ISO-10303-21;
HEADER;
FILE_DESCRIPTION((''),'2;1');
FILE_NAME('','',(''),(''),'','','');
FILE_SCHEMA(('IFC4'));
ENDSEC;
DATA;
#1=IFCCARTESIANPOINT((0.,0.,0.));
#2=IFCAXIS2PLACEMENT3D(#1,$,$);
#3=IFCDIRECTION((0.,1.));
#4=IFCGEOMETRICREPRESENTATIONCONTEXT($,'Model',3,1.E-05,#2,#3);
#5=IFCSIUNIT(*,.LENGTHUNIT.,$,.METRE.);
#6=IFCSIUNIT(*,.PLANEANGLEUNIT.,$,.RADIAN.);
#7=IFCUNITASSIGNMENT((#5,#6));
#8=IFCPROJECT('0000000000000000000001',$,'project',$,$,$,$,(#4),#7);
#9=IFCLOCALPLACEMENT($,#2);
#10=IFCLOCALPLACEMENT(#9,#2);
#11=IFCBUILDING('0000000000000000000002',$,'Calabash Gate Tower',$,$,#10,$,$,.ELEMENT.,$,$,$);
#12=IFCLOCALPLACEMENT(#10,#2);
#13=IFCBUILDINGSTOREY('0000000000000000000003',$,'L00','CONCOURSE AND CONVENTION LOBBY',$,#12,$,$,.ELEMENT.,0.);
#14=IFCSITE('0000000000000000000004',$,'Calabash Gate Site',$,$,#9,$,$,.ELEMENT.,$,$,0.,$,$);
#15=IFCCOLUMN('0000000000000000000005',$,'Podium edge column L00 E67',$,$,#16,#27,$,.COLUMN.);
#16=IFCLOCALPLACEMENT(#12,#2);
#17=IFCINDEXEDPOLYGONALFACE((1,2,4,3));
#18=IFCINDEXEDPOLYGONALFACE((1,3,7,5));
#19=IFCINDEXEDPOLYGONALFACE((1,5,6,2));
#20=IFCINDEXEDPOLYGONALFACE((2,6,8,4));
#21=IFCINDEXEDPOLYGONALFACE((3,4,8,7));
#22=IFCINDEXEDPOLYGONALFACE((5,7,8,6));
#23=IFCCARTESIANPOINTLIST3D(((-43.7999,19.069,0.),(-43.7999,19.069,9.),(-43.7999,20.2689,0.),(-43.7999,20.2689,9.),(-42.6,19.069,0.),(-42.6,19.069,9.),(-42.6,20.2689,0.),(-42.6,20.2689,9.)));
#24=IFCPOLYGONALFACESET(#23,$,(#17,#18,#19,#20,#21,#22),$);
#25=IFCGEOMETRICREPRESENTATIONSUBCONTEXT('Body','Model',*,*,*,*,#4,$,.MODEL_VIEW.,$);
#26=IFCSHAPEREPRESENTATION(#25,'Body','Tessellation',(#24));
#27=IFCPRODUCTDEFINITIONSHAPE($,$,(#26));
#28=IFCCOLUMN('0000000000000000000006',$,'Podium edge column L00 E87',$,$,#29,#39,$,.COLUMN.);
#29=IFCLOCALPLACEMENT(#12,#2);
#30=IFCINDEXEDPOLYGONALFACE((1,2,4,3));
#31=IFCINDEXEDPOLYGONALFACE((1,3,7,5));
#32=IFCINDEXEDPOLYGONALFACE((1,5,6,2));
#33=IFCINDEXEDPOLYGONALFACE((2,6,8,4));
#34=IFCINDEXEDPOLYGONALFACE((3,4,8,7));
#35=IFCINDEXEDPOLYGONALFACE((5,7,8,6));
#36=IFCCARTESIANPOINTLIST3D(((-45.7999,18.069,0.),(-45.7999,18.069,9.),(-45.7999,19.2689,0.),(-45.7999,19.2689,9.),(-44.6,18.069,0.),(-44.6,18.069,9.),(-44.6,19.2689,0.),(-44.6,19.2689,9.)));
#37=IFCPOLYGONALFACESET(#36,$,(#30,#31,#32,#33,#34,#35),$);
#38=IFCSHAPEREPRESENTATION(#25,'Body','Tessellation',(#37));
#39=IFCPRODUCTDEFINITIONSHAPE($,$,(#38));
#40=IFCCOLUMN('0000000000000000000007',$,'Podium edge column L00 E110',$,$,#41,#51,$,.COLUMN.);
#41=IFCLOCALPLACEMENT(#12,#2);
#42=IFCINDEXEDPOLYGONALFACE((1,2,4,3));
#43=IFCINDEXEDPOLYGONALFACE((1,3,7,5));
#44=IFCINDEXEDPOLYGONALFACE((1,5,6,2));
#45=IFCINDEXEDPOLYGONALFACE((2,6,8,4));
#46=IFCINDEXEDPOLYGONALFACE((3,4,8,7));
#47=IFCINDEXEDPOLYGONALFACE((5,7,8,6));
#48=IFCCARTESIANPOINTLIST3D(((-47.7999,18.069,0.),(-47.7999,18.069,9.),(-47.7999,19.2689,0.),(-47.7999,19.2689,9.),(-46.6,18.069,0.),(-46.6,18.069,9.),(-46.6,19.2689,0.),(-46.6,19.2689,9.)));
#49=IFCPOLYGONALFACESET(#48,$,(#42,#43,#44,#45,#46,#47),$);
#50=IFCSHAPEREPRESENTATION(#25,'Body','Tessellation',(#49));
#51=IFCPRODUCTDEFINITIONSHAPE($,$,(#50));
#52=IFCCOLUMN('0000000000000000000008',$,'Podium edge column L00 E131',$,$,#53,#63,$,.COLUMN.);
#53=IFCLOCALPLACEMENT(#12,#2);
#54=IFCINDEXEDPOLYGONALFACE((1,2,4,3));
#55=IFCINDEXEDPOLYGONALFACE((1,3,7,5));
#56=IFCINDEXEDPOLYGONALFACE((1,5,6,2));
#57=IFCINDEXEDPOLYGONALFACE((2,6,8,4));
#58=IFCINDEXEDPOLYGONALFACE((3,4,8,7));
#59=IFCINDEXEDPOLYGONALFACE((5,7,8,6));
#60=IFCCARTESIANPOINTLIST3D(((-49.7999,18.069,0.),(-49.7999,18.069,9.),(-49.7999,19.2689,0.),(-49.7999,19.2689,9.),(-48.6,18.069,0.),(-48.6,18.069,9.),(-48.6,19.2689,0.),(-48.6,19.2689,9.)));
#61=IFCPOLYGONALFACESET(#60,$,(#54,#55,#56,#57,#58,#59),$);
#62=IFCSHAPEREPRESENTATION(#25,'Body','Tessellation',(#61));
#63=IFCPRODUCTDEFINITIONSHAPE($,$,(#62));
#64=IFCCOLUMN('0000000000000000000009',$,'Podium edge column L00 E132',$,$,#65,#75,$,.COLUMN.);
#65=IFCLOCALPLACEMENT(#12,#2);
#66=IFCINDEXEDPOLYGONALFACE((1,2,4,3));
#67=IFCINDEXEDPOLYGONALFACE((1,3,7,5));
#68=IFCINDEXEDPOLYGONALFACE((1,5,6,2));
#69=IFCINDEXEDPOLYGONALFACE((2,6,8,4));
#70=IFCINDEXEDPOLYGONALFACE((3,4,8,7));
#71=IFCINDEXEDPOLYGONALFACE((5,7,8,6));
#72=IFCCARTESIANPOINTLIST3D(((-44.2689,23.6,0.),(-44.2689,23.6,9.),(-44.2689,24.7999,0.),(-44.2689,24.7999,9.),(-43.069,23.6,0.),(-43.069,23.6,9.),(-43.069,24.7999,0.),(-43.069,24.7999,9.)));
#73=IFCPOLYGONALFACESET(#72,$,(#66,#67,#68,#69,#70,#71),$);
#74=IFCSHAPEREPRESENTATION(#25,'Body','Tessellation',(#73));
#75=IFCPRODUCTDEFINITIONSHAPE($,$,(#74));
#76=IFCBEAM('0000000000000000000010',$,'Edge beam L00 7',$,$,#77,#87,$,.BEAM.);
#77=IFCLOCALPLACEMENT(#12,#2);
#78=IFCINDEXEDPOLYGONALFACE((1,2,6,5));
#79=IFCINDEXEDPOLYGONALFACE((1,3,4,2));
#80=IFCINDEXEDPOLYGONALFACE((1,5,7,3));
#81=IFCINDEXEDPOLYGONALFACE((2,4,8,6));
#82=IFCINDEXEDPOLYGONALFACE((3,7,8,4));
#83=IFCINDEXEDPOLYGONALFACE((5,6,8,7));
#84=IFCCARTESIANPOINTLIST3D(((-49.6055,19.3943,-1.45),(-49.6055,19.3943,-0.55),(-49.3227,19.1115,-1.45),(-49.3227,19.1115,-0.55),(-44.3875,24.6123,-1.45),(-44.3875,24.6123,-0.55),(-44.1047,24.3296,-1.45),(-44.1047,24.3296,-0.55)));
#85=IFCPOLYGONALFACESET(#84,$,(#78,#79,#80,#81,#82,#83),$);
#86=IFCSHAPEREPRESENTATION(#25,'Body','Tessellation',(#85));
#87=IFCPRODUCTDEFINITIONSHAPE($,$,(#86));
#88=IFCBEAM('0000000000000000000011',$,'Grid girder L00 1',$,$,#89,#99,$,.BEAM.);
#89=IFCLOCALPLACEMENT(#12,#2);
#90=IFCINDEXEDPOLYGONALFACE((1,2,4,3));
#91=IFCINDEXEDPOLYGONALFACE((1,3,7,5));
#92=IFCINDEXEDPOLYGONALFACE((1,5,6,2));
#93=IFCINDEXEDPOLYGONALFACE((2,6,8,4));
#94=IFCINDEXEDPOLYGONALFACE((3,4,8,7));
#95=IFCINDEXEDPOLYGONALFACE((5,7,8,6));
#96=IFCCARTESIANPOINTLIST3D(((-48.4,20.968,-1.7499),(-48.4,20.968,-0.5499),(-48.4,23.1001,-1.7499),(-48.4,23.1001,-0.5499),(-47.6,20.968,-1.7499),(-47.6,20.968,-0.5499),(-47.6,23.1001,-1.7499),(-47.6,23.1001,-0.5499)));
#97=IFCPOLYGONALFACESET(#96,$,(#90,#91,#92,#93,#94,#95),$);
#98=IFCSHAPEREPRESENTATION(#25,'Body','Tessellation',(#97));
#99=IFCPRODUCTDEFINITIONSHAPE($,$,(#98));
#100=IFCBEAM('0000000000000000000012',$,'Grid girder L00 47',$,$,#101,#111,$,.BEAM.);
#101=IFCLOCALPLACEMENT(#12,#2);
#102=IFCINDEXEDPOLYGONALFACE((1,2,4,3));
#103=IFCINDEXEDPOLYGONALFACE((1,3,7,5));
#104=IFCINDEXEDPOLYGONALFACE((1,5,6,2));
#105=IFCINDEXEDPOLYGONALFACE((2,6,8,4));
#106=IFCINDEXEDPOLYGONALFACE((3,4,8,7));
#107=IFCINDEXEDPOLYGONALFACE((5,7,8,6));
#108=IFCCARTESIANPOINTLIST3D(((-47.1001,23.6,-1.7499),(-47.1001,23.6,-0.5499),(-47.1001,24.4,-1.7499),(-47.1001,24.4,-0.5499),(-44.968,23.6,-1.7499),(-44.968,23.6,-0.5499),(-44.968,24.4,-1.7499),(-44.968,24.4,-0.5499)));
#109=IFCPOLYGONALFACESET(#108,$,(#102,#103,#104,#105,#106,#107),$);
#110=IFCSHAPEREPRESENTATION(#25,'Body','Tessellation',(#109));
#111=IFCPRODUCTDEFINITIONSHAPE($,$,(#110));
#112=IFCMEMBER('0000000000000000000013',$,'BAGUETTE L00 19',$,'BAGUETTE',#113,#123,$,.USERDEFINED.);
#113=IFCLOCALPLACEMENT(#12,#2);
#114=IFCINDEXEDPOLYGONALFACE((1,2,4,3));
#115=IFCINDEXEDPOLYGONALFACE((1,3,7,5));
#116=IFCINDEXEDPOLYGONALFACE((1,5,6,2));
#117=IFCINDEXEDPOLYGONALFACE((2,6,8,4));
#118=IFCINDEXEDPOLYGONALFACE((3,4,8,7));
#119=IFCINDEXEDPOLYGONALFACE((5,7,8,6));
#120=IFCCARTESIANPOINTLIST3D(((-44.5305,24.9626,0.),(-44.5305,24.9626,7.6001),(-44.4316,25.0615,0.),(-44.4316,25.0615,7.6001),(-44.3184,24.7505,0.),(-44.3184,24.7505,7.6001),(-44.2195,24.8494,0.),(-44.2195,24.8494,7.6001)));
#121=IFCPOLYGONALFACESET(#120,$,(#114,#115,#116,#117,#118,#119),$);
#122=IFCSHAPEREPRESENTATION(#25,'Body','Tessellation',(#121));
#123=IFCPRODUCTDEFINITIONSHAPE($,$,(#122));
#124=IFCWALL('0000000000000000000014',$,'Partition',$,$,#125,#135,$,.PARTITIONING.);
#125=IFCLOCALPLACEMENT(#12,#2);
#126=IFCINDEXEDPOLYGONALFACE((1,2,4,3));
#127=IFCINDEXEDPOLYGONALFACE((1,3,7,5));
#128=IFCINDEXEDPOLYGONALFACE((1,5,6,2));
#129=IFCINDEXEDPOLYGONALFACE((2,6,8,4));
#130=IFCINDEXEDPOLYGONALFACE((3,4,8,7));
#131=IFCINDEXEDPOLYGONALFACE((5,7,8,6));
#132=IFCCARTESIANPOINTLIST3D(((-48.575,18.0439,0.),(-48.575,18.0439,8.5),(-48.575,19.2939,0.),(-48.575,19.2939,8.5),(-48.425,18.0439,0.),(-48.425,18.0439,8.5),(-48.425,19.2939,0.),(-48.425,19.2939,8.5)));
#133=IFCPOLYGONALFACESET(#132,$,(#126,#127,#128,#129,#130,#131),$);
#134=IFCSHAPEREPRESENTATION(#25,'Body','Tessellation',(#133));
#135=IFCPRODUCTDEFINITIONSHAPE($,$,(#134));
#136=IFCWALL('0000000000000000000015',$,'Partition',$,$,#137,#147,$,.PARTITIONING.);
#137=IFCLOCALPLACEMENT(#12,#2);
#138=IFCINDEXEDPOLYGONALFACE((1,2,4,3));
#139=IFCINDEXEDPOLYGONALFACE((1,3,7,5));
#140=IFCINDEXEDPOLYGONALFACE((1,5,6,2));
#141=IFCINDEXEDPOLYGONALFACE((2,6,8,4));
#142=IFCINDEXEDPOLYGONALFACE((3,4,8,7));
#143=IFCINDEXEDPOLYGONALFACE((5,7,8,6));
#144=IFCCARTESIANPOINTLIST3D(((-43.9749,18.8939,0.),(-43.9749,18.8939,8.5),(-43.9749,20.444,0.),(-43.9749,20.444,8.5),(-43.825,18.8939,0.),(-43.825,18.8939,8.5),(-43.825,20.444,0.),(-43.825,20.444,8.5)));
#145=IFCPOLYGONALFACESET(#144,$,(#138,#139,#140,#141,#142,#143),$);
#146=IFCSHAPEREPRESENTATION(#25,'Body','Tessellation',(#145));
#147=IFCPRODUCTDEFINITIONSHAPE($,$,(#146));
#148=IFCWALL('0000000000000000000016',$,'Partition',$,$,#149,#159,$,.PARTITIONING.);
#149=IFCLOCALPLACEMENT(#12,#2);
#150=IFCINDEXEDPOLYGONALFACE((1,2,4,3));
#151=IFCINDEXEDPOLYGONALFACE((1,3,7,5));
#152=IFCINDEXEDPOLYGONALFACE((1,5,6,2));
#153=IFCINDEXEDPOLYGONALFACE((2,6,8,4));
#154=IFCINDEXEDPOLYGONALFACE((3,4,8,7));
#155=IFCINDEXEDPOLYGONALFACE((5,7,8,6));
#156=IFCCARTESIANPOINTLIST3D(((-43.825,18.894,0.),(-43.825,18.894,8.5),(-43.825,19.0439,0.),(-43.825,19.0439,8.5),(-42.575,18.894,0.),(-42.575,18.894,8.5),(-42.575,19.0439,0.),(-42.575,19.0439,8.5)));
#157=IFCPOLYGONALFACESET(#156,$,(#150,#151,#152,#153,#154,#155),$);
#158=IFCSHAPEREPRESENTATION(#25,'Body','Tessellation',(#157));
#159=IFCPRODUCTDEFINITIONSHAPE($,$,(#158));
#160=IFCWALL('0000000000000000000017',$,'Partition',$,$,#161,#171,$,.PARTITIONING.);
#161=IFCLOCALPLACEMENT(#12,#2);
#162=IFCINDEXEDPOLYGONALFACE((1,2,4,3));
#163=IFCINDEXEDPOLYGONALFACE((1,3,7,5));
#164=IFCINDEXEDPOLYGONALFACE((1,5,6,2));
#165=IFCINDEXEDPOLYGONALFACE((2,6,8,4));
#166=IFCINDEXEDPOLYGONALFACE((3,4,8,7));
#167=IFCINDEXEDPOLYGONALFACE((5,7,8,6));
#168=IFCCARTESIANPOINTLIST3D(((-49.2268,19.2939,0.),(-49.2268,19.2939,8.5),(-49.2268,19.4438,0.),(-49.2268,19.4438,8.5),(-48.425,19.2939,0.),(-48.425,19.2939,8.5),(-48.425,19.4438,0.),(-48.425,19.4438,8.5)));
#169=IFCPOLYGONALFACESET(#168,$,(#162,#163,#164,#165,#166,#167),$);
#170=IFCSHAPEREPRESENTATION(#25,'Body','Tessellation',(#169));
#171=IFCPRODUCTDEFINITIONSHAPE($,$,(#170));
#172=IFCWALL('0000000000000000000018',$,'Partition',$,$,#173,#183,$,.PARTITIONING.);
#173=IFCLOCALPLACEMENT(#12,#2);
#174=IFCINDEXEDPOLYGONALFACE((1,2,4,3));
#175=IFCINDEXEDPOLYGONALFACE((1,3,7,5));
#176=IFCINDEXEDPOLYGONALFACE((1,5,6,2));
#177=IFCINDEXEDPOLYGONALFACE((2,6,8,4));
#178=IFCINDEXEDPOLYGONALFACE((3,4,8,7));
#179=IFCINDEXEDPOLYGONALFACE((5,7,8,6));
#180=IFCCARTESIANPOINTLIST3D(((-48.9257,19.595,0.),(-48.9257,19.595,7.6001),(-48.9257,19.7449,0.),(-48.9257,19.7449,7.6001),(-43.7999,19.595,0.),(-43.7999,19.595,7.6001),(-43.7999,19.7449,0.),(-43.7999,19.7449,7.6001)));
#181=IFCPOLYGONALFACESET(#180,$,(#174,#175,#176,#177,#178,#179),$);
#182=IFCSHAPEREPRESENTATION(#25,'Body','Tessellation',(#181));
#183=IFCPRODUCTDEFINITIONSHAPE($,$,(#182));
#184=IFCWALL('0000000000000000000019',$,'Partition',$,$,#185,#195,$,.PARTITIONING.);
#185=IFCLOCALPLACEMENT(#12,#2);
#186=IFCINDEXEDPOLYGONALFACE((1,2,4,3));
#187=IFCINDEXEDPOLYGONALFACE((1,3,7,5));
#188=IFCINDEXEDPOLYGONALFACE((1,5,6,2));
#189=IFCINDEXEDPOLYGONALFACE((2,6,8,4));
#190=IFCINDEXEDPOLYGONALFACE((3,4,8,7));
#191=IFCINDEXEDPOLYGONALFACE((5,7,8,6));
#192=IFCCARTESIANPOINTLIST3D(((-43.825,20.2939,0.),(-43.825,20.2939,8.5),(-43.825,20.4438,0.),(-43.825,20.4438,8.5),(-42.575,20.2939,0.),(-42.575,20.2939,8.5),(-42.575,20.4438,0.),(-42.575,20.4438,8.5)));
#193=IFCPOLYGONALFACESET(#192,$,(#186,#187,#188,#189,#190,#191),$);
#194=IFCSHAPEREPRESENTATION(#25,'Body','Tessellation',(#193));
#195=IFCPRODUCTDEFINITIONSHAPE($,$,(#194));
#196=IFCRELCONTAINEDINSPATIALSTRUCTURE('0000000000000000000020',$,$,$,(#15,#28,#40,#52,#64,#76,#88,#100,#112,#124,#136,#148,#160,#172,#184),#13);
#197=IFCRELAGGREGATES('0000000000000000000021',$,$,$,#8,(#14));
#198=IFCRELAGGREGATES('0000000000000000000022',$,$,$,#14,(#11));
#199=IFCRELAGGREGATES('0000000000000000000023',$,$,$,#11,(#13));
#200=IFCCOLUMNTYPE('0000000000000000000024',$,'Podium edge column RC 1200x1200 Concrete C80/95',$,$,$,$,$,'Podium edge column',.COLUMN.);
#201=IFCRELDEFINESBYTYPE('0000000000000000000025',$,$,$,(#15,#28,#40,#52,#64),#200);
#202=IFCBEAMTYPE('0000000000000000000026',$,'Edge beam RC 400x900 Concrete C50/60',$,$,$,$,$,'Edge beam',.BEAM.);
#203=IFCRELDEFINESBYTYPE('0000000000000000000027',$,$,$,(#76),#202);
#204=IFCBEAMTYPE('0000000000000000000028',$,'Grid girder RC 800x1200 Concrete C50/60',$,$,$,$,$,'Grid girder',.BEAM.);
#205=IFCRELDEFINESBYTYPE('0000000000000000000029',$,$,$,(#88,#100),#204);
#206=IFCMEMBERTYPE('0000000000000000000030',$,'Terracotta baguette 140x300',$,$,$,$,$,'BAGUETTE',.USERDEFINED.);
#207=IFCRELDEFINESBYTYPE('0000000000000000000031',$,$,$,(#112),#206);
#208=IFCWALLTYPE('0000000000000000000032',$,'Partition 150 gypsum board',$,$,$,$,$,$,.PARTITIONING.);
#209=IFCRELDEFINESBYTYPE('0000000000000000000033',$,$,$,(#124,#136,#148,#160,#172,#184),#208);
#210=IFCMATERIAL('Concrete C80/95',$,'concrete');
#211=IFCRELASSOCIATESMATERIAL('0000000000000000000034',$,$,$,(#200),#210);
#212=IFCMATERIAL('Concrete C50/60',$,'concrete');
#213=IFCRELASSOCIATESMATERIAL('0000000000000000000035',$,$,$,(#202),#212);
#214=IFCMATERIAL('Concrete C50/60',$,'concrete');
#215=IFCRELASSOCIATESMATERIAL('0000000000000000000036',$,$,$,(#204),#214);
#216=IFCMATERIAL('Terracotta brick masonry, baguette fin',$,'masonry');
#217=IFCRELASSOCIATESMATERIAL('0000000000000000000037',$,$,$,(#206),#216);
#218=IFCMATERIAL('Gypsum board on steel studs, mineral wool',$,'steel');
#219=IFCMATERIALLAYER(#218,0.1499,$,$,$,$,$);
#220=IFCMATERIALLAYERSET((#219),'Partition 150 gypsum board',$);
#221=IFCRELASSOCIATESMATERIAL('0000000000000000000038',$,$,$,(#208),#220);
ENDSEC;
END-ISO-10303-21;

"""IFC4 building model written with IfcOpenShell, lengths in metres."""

from ifc_helpers import new_model, si_unit, direction, frame, frame_2d, origin, origin_2d, place, context, subcontext, project, spatial, rectangle, extrude, material, layer, layer_set, material_profile, profile_set, type_object, element, save


model = new_model("IFC4")

# Units and contexts
model_context = context("Model", 3, precision=1e-05, world=origin(), true_north=direction((0.0, 1.0)))
body_context = subcontext(model_context, "Body", "Model", "MODEL_VIEW")
ifc_project = project(units=[si_unit("LENGTHUNIT", "METRE"), si_unit("PLANEANGLEUNIT", "RADIAN")], contexts=[model_context])

# Site, building, storey
site_placement = place(None, origin())
site = spatial("IfcSite", under=ifc_project, at=site_placement, Name="Calabash Gate Site", CompositionType="ELEMENT", RefElevation=0.0)
building_placement = place(site_placement, origin())
building = spatial("IfcBuilding", under=site, at=building_placement, Name="Calabash Gate Tower", CompositionType="ELEMENT")
storey_placement = place(building_placement, origin())
storey = spatial("IfcBuildingStorey", under=building, at=storey_placement, Name="L00", Description="CONCOURSE AND CONVENTION LOBBY", CompositionType="ELEMENT", Elevation=0.0)

# Columns
ifc_material_1 = material(Name="Concrete C80/95", Category="concrete")
ifc_material_profile_1 = material_profile(ifc_material_1, rectangle(XDim=1.2, YDim=1.2, at=origin_2d()))
ifc_profile_set_1 = profile_set([ifc_material_profile_1], Name="Concrete C80/95")
column_type = type_object("IfcColumnType", Name="Podium edge column RC 1200x1200 Concrete C80/95", ElementType="Podium edge column", PredefinedType="COLUMN", material=ifc_profile_set_1)
for number, where, z_axis, x_axis, name in (
    (1, (-43.2, 19.6689, 0.0), (0.0, 0.0, 1.0), (1.0, 0.0, 0.0), "Podium edge column L00 E67"),
    (2, (-45.2, 18.6689, 0.0), (0.0, 0.0, 1.0), (1.0, 0.0, 0.0), "Podium edge column L00 E87"),
    (3, (-47.2, 18.6689, 0.0), (0.0, 0.0, 1.0), (1.0, 0.0, 0.0), "Podium edge column L00 E110"),
    (4, (-49.2, 18.6689, 0.0), (0.0, 0.0, 1.0), (1.0, 0.0, 0.0), "Podium edge column L00 E131"),
    (5, (-43.6689, 24.2, 0.0), (0.0, 0.0, 1.0), (1.0, 0.0, 0.0), "Podium edge column L00 E132"),
):
    element("IfcColumn", number, at=place(storey_placement, frame(where, z_axis=z_axis, x_axis=x_axis)), inside=storey, type_object=column_type, Name=name, PredefinedType="COLUMN", context=body_context, shape_type="SweptSolid", body=[
        extrude(rectangle(XDim=1.2, YDim=1.2, at=origin_2d()), origin(), (0.0, 0.0, 1.0), 9.0),
    ])

# Beams
ifc_material_2 = material(Name="Concrete C50/60", Category="concrete")
ifc_material_profile_2 = material_profile(ifc_material_2, rectangle(XDim=0.3999, YDim=0.8999, at=origin_2d()))
ifc_profile_set_2 = profile_set([ifc_material_profile_2], Name="Concrete C50/60")
beam_type_1 = type_object("IfcBeamType", Name="Edge beam RC 400x900 Concrete C50/60", ElementType="Edge beam", PredefinedType="BEAM", material=ifc_profile_set_2)
beam_placement = place(storey_placement, frame((-49.4641, 19.2529, -1.0), z_axis=(0.707107, 0.707107, 0.0), x_axis=(-0.707107, 0.707107, 0.0)))
element("IfcBeam", 6, at=beam_placement, inside=storey, type_object=beam_type_1, Name="Edge beam L00 7", PredefinedType="BEAM", context=body_context, shape_type="SweptSolid", body=[
    extrude(rectangle(XDim=0.3999, YDim=0.8999, at=origin_2d()), origin(), (0.0, 0.0, 1.0), 7.3794),
])
ifc_material_3 = material(Name="Concrete C50/60", Category="concrete")
ifc_material_profile_3 = material_profile(ifc_material_3, rectangle(XDim=0.8, YDim=1.2, at=origin_2d()))
ifc_profile_set_3 = profile_set([ifc_material_profile_3], Name="Concrete C50/60")
beam_type_2 = type_object("IfcBeamType", Name="Grid girder RC 800x1200 Concrete C50/60", ElementType="Grid girder", PredefinedType="BEAM", material=ifc_profile_set_3)
for number, where, z_axis, x_axis, name in (
    (7, (-48.0, 20.968, -1.1499), (0.0, 1.0, 0.0), (-1.0, 0.0, 0.0), "Grid girder L00 1"),
    (8, (-47.1001, 24.0, -1.1499), (1.0, 0.0, 0.0), (0.0, 1.0, 0.0), "Grid girder L00 47"),
):
    element("IfcBeam", number, at=place(storey_placement, frame(where, z_axis=z_axis, x_axis=x_axis)), inside=storey, type_object=beam_type_2, Name=name, PredefinedType="BEAM", context=body_context, shape_type="SweptSolid", body=[
        extrude(rectangle(XDim=0.8, YDim=1.2, at=origin_2d()), origin(), (0.0, 0.0, 1.0), 2.1321),
    ])

# Member
ifc_material_4 = material(Name="Terracotta brick masonry, baguette fin", Category="masonry")
ifc_material_profile_4 = material_profile(ifc_material_4, rectangle(XDim=0.1399, YDim=0.3, at=origin_2d()))
ifc_profile_set_4 = profile_set([ifc_material_profile_4], Name="Terracotta brick masonry, baguette fin")
member_type = type_object("IfcMemberType", Name="Terracotta baguette 140x300", ElementType="BAGUETTE", PredefinedType="USERDEFINED", material=ifc_profile_set_4)
member_placement = place(storey_placement, frame((-44.375, 24.906, 0.0), z_axis=(0.0, 0.0, 1.0), x_axis=(-0.707107, -0.707107, 0.0)))
element("IfcMember", 9, at=member_placement, inside=storey, type_object=member_type, Name="BAGUETTE L00 19", ObjectType="BAGUETTE", PredefinedType="USERDEFINED", context=body_context, shape_type="SweptSolid", body=[
    extrude(rectangle(XDim=0.1399, YDim=0.3, at=origin_2d()), origin(), (0.0, 0.0, 1.0), 7.6001),
])

# Walls
ifc_material_5 = material(Name="Gypsum board on steel studs, mineral wool", Category="steel")
ifc_layer_1 = layer(ifc_material_5, 0.1499)
ifc_layer_set_1 = layer_set([ifc_layer_1], Name="Partition 150 gypsum board")
wall_type_1 = type_object("IfcWallType", Name="Partition 150 gypsum board", PredefinedType="PARTITIONING", material=ifc_layer_set_1)
wall_1_placement = place(storey_placement, frame((-48.5, 18.0439, 0.0), z_axis=(0.0, 0.0, 1.0), x_axis=(0.0, 1.0, 0.0)))
element("IfcWall", 10, at=wall_1_placement, inside=storey, type_object=wall_type_1, Name="Partition", PredefinedType="PARTITIONING", context=body_context, shape_type="SweptSolid", body=[
    extrude(rectangle(XDim=1.25, YDim=0.1499, at=frame_2d((0.625, 0.0))), origin(), (0.0, 0.0, 1.0), 8.5),
])
wall_2_placement = place(storey_placement, frame((-43.8999, 18.894, 0.0), z_axis=(0.0, 0.0, 1.0), x_axis=(0.0, 1.0, 0.0)))
element("IfcWall", 11, at=wall_2_placement, inside=storey, type_object=wall_type_1, Name="Partition", PredefinedType="PARTITIONING", context=body_context, shape_type="SweptSolid", body=[
    extrude(rectangle(XDim=1.55, YDim=0.1499, at=frame_2d((0.7749, 0.0))), origin(), (0.0, 0.0, 1.0), 8.5),
])
wall_3_placement = place(storey_placement, frame((-43.825, 18.969, 0.0), z_axis=(0.0, 0.0, 1.0), x_axis=(1.0, 0.0, 0.0)))
element("IfcWall", 12, at=wall_3_placement, inside=storey, type_object=wall_type_1, Name="Partition", PredefinedType="PARTITIONING", context=body_context, shape_type="SweptSolid", body=[
    extrude(rectangle(XDim=1.25, YDim=0.1499, at=frame_2d((0.625, 0.0))), origin(), (0.0, 0.0, 1.0), 8.5),
])
wall_4_placement = place(storey_placement, frame((-49.2268, 19.3689, 0.0), z_axis=(0.0, 0.0, 1.0), x_axis=(1.0, 0.0, 0.0)))
element("IfcWall", 13, at=wall_4_placement, inside=storey, type_object=wall_type_1, Name="Partition", PredefinedType="PARTITIONING", context=body_context, shape_type="SweptSolid", body=[
    extrude(rectangle(XDim=0.8018, YDim=0.1499, at=frame_2d((0.4009, 0.0))), origin(), (0.0, 0.0, 1.0), 8.5),
])
wall_5_placement = place(storey_placement, frame((-48.9258, 19.6699, 0.0), z_axis=(0.0, 0.0, 1.0), x_axis=(1.0, 0.0, 0.0)))
element("IfcWall", 14, at=wall_5_placement, inside=storey, type_object=wall_type_1, Name="Partition", PredefinedType="PARTITIONING", context=body_context, shape_type="SweptSolid", body=[
    extrude(rectangle(XDim=5.1257, YDim=0.1499, at=frame_2d((2.563, 0.0))), origin(), (0.0, 0.0, 1.0), 7.6001),
])
wall_6_placement = place(storey_placement, frame((-43.825, 20.3689, 0.0), z_axis=(0.0, 0.0, 1.0), x_axis=(1.0, 0.0, 0.0)))
element("IfcWall", 15, at=wall_6_placement, inside=storey, type_object=wall_type_1, Name="Partition", PredefinedType="PARTITIONING", context=body_context, shape_type="SweptSolid", body=[
    extrude(rectangle(XDim=1.25, YDim=0.1499, at=frame_2d((0.625, 0.0))), origin(), (0.0, 0.0, 1.0), 8.5),
])

save(model, "model.ifc")
